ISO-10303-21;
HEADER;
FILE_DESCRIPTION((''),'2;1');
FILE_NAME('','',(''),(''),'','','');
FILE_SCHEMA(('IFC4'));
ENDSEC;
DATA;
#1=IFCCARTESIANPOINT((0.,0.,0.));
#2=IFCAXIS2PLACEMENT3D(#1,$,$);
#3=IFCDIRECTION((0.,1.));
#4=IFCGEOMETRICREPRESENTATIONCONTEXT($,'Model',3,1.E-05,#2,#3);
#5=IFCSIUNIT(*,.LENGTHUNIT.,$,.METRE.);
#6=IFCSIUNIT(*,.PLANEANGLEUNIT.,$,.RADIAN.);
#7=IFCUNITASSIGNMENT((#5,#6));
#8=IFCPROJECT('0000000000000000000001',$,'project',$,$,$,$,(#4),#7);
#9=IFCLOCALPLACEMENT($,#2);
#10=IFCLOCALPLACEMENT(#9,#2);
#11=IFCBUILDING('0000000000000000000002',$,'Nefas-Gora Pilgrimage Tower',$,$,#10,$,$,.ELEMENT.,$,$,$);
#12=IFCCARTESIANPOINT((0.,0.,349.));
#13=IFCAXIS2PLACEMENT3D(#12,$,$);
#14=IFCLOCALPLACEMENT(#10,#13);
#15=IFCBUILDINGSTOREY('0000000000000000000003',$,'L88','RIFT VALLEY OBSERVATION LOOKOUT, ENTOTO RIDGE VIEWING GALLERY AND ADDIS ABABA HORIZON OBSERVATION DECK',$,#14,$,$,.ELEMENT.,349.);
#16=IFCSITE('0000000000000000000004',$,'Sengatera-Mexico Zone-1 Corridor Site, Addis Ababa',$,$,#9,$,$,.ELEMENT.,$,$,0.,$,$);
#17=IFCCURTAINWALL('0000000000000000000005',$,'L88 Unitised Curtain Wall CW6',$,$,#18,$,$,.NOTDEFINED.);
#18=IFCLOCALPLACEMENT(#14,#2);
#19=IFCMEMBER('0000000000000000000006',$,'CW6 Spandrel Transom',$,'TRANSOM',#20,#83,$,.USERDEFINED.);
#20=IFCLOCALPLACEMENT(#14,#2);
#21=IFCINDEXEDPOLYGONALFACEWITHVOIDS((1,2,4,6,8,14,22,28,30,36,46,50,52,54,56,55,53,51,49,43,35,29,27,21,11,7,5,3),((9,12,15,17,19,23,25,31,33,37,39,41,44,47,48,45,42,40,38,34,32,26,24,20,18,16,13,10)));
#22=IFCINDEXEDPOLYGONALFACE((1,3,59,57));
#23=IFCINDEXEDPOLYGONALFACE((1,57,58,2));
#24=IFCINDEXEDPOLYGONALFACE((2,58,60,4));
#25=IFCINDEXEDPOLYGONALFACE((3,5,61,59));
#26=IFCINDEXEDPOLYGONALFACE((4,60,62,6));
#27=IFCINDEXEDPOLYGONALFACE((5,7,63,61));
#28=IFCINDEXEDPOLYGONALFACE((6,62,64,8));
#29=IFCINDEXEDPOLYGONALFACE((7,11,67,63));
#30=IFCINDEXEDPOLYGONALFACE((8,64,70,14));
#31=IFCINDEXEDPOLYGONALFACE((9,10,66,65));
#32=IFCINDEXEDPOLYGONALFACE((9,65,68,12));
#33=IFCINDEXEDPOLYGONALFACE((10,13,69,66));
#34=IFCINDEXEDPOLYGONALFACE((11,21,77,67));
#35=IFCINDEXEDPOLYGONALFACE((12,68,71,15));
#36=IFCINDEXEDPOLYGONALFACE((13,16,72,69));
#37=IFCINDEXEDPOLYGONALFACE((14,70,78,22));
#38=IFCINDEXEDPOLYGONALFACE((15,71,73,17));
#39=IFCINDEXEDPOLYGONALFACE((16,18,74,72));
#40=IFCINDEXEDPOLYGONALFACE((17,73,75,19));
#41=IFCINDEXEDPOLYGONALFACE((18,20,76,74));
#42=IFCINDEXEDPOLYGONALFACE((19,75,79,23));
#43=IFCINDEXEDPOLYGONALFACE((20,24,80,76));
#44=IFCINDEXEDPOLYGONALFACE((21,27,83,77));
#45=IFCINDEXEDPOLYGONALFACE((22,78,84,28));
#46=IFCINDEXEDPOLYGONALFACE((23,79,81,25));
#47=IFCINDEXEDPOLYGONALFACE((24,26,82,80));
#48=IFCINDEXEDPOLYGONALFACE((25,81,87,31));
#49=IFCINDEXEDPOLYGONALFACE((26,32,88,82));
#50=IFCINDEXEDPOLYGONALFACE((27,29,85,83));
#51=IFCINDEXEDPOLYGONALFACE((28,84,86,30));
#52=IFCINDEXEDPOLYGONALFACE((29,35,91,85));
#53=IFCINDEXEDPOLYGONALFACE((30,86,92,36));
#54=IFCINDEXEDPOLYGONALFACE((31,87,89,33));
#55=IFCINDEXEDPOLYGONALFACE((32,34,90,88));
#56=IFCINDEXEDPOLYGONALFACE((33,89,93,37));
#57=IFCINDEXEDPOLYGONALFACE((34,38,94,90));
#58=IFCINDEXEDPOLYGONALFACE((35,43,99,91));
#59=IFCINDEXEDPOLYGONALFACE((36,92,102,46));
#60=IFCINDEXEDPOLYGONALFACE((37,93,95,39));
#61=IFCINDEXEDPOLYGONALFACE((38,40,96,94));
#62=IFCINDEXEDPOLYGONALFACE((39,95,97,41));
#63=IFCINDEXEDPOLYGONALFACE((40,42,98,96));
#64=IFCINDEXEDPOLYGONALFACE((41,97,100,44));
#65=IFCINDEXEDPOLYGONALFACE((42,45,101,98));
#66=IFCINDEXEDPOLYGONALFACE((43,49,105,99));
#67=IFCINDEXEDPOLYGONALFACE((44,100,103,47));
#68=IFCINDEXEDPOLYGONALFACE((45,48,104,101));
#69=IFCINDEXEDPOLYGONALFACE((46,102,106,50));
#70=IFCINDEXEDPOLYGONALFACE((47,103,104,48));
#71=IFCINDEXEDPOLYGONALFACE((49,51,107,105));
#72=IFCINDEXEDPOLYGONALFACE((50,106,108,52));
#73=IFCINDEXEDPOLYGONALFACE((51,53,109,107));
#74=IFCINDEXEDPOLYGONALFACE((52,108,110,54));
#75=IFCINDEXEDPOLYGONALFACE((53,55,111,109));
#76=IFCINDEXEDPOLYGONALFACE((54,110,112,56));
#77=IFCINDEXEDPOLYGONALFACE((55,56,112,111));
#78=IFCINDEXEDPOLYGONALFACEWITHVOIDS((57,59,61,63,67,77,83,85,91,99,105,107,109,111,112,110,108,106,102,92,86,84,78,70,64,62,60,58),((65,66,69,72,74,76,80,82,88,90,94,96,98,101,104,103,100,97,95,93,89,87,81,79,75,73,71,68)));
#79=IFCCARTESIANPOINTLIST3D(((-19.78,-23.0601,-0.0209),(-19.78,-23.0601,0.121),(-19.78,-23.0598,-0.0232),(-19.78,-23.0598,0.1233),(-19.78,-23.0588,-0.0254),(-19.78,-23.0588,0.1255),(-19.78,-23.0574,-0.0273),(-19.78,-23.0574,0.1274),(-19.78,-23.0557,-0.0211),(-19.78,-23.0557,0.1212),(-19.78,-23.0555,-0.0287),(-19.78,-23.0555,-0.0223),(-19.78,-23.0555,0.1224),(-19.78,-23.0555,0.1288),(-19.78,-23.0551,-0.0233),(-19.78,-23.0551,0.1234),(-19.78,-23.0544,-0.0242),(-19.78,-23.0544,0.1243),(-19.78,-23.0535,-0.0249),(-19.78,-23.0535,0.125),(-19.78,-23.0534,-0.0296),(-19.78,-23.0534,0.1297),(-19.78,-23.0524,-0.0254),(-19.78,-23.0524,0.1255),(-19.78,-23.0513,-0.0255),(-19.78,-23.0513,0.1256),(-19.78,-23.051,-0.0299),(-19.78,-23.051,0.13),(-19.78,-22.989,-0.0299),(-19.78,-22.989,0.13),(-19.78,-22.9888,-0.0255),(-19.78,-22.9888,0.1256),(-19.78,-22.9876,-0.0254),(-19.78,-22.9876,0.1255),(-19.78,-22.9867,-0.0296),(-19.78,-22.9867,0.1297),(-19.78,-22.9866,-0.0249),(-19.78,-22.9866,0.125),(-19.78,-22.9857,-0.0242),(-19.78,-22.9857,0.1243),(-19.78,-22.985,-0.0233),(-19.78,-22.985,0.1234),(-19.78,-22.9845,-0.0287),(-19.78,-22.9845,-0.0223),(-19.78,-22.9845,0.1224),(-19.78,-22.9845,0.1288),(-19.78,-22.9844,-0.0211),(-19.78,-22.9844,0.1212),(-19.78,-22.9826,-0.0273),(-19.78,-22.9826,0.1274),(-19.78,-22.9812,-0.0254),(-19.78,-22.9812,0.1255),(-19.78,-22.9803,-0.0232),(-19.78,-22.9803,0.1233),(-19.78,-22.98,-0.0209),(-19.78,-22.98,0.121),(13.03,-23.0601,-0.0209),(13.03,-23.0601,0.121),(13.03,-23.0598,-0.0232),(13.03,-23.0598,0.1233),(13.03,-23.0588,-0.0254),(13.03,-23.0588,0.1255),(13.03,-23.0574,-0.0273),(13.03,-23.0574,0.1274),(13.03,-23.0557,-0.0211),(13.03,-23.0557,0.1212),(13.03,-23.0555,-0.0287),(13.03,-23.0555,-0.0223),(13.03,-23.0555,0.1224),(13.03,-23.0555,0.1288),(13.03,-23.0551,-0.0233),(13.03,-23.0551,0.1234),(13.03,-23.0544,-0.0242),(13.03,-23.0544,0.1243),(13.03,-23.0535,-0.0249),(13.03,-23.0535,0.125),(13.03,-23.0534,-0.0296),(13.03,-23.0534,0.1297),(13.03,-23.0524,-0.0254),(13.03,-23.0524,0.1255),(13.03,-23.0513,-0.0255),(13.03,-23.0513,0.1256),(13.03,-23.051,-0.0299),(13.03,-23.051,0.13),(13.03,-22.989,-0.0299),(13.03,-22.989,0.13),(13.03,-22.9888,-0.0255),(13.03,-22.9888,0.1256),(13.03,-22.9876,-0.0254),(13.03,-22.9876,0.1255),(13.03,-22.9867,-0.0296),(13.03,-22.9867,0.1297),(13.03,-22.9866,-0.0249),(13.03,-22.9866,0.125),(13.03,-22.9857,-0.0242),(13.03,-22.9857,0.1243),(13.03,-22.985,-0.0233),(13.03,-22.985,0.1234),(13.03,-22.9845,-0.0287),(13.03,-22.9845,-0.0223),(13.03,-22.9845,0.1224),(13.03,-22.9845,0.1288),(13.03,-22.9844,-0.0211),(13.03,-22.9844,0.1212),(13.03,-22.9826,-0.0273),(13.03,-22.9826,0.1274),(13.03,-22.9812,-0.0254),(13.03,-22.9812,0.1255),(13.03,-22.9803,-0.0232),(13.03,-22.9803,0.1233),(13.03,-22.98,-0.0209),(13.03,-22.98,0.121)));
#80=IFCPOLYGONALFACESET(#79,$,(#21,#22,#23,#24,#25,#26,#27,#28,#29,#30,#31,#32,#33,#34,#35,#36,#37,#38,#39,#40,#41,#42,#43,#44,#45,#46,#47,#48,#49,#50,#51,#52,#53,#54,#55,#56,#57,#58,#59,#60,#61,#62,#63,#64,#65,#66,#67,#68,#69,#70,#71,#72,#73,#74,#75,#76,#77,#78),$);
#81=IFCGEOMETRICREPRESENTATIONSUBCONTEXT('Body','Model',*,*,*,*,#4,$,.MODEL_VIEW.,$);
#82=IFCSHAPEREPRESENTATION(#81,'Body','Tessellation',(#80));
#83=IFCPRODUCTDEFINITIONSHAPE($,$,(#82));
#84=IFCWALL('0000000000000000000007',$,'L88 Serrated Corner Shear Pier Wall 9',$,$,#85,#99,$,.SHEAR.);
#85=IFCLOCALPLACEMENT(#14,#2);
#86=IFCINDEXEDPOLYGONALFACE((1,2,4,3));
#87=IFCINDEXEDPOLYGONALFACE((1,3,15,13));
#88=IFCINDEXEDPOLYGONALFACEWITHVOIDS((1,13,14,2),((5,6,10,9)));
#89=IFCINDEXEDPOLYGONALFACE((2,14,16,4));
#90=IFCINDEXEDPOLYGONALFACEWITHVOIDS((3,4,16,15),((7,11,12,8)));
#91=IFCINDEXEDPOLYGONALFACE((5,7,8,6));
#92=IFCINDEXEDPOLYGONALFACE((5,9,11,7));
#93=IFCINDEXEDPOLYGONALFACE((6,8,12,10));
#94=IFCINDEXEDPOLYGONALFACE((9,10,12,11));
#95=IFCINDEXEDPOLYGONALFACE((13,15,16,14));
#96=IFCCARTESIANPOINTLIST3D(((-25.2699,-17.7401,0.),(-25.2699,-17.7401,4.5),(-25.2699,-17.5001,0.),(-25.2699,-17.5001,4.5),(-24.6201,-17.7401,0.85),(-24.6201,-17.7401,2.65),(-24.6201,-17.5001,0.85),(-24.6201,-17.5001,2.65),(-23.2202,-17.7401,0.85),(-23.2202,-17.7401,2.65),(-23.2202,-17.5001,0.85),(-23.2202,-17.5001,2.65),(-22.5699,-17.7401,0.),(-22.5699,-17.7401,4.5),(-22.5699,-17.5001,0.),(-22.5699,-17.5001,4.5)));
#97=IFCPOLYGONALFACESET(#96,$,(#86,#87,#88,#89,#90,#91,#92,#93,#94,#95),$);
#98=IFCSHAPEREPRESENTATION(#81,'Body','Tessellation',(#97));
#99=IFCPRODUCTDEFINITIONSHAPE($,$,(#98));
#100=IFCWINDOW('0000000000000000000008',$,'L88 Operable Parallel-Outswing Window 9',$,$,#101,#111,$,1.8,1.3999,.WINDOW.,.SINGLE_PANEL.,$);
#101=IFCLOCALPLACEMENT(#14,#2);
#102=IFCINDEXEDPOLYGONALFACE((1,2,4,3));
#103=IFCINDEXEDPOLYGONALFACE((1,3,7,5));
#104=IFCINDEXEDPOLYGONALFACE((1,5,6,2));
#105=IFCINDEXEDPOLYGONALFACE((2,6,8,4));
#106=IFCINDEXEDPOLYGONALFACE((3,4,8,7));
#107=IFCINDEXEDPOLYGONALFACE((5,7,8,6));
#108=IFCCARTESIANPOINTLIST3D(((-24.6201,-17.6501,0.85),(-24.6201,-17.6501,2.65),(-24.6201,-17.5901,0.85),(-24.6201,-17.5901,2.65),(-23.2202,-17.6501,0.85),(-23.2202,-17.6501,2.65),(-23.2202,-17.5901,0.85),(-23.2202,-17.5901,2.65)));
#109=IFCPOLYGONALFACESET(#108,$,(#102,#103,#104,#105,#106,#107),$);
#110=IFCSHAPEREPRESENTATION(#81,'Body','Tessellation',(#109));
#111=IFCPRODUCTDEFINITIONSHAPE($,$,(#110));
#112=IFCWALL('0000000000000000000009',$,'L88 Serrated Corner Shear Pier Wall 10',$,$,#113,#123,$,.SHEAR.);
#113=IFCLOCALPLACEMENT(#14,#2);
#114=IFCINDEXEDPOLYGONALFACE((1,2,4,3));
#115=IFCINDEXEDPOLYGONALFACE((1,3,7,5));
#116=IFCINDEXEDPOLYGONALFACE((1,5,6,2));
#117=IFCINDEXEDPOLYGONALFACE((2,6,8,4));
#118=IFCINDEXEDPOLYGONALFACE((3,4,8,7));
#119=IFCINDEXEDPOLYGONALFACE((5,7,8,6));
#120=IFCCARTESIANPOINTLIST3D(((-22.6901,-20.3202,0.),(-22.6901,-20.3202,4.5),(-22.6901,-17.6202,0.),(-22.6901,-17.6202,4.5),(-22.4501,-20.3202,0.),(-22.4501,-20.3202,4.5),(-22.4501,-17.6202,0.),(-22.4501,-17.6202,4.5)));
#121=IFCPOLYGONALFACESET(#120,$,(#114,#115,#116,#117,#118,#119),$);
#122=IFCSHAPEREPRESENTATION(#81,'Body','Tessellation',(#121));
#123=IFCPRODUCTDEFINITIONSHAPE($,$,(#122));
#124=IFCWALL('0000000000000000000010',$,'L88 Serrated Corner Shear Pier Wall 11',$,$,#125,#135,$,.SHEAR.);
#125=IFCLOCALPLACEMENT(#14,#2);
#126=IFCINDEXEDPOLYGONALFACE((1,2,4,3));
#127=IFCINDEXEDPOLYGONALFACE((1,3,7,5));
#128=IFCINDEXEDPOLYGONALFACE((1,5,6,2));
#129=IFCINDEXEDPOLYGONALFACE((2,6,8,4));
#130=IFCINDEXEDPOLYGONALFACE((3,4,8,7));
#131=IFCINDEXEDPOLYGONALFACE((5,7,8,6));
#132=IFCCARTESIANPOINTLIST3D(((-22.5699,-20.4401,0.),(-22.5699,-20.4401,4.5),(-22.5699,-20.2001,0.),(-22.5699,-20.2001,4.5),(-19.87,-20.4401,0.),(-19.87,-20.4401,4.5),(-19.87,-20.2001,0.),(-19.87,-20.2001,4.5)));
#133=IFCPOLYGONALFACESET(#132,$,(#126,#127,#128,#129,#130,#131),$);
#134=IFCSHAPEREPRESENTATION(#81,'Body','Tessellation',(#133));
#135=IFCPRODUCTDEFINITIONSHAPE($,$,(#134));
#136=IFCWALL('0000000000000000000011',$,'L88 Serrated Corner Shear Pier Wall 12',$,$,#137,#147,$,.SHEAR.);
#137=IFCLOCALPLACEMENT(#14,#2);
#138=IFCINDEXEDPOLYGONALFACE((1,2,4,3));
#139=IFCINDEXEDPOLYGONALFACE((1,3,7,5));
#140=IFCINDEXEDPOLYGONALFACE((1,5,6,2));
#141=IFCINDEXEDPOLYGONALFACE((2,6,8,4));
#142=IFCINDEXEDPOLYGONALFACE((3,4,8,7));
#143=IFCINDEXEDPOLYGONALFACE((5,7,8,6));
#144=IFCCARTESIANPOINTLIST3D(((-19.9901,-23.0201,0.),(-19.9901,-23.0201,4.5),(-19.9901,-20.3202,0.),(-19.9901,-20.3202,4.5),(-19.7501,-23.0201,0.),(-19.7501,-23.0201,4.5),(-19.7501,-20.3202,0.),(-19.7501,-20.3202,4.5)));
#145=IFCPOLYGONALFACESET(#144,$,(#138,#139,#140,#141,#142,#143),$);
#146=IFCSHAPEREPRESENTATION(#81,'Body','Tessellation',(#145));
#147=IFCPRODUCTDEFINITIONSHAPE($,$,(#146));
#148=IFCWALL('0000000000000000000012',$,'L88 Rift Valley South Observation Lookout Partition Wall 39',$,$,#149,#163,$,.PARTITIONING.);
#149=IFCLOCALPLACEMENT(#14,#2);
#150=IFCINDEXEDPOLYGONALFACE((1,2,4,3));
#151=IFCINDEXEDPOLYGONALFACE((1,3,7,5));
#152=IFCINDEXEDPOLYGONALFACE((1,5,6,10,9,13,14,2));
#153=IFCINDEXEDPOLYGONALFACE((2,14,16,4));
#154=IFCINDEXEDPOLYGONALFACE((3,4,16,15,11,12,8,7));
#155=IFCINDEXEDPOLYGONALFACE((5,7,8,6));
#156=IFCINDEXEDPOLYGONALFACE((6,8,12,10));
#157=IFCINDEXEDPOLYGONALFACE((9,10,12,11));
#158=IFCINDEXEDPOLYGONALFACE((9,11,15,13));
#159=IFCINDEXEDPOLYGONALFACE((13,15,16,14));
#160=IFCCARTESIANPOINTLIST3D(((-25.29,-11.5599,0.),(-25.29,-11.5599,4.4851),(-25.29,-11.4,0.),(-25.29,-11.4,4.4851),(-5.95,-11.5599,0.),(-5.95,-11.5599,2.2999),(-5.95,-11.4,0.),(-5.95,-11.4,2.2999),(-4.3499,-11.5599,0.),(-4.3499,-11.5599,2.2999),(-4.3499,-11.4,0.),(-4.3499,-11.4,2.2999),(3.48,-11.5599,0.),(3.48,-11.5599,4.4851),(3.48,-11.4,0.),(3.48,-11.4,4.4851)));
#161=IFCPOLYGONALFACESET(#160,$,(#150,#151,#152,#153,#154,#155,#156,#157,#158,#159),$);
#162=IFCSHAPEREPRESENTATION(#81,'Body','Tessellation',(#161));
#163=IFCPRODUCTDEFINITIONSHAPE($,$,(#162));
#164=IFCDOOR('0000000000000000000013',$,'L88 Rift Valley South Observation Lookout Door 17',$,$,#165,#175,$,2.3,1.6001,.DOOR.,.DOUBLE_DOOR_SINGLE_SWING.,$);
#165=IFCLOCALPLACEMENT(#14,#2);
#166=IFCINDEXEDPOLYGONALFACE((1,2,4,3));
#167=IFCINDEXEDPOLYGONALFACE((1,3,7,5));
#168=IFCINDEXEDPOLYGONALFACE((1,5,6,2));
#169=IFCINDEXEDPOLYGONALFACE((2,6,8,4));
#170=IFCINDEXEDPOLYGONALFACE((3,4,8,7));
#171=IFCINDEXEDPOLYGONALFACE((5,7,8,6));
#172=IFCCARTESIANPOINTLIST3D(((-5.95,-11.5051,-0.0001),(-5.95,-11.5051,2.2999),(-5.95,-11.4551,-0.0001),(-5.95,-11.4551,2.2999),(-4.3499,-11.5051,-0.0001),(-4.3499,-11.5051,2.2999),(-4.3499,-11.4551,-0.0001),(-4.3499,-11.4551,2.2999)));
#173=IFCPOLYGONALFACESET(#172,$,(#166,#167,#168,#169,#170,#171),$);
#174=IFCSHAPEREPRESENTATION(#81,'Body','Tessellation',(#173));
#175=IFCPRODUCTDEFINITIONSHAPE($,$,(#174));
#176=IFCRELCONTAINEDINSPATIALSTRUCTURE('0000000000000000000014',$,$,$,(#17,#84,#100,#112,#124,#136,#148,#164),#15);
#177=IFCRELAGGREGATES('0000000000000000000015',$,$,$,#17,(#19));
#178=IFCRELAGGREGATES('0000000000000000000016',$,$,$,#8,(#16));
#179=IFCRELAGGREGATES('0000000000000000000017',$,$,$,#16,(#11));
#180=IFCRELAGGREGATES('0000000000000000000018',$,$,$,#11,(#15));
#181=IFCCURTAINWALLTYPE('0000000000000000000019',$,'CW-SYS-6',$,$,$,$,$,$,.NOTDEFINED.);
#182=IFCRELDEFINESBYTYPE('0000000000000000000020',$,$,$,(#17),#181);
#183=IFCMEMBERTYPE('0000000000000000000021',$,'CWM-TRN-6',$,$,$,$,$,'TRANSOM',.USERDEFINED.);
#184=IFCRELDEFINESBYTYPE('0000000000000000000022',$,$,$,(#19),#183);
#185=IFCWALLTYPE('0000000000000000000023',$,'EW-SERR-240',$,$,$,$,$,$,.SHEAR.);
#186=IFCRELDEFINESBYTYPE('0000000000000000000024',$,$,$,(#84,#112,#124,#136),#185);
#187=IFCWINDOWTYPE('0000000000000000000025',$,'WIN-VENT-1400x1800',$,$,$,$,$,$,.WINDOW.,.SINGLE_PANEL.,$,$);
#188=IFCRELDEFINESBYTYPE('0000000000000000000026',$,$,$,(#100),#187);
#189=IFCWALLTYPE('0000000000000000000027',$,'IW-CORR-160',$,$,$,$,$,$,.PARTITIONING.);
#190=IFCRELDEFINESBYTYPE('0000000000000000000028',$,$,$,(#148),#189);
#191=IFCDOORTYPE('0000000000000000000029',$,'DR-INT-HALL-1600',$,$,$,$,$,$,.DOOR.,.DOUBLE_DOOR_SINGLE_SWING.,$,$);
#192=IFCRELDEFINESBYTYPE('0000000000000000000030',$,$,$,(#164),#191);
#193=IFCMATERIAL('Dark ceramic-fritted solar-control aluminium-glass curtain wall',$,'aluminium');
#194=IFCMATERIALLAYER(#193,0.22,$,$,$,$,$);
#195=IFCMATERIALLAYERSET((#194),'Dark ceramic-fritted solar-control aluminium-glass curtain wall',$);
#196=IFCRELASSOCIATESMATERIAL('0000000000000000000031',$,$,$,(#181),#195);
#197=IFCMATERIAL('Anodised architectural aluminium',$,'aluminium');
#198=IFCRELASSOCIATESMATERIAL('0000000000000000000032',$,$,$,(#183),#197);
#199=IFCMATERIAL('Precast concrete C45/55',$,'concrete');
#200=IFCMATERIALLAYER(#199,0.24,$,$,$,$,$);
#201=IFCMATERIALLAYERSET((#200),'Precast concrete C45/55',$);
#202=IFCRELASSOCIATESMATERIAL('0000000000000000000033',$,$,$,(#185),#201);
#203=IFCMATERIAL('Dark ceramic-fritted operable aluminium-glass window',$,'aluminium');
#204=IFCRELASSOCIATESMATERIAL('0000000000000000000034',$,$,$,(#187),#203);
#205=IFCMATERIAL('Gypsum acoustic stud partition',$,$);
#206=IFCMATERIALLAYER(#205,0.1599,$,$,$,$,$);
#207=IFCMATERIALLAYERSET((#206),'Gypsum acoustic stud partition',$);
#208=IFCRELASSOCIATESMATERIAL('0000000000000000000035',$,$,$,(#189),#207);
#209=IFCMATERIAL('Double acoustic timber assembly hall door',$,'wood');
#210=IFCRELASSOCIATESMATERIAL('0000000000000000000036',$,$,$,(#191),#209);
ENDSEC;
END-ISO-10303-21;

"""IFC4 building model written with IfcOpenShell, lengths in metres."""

from ifc_helpers import new_model, si_unit, direction, frame, frame_2d, origin, origin_2d, place, context, subcontext, project, spatial, rectangle, hollow_rectangle, extrude, source, transform, mapped, material, layer, layer_set, material_profile, profile_set, type_object, element, fill, aggregate, save


model = new_model("IFC4")

# Units and contexts
model_context = context("Model", 3, precision=1e-05, world=origin(), true_north=direction((0.0, 1.0)))
body_context = subcontext(model_context, "Body", "Model", "MODEL_VIEW")
ifc_project = project(units=[si_unit("LENGTHUNIT", "METRE"), si_unit("PLANEANGLEUNIT", "RADIAN")], contexts=[model_context])

# Site, building, storey
site_placement = place(None, origin())
site = spatial("IfcSite", under=ifc_project, at=site_placement, Name="Sengatera-Mexico Zone-1 Corridor Site, Addis Ababa", CompositionType="ELEMENT", RefElevation=0.0)
building_placement = place(site_placement, origin())
building = spatial("IfcBuilding", under=site, at=building_placement, Name="Nefas-Gora Pilgrimage Tower", CompositionType="ELEMENT")
storey_placement = place(building_placement, frame((0.0, 0.0, 349.0)))
storey = spatial("IfcBuildingStorey", under=building, at=storey_placement, Name="L88", Description="RIFT VALLEY OBSERVATION LOOKOUT, ENTOTO RIDGE VIEWING GALLERY AND ADDIS ABABA HORIZON OBSERVATION DECK", CompositionType="ELEMENT", Elevation=349.0)

# Shared definitions
ifc_material_1 = material(Name="Dark ceramic-fritted solar-control aluminium-glass curtain wall", Category="aluminium")
ifc_layer_1 = layer(ifc_material_1, 0.22)
ifc_layer_set_1 = layer_set([ifc_layer_1], Name="Dark ceramic-fritted solar-control aluminium-glass curtain wall")
curtain_wall_type = type_object("IfcCurtainWallType", Name="CW-SYS-6", PredefinedType="NOTDEFINED", material=ifc_layer_set_1)
ifc_material_2 = material(Name="Anodised architectural aluminium", Category="aluminium")

# Curtain wall, member
curtain_wall_1_placement = place(storey_placement, origin())
curtain_wall_1 = element("IfcCurtainWall", 1, at=curtain_wall_1_placement, inside=storey, type_object=curtain_wall_type, Name="L88 Unitised Curtain Wall CW6", PredefinedType="NOTDEFINED")
ifc_material_profile_1 = material_profile(ifc_material_2, hollow_rectangle(XDim=0.0801, YDim=0.1599, WallThickness=0.0044, InnerFilletRadius=0.0044, OuterFilletRadius=0.009, at=origin_2d()), Name="ALU TRANSOM 80x160")
ifc_profile_set_1 = profile_set([ifc_material_profile_1], Name="Anodised architectural aluminium")
member_type_1 = type_object("IfcMemberType", Name="CWM-TRN-6", ElementType="TRANSOM", PredefinedType="USERDEFINED", material=ifc_profile_set_1)
shared_shape_1 = source(origin(), body_context, "Body", "SweptSolid", [
    extrude(hollow_rectangle(XDim=0.0801, YDim=0.1599, WallThickness=0.0044, InnerFilletRadius=0.0044, OuterFilletRadius=0.009, at=origin_2d()), origin(), (0.0, 0.0, 1.0), 32.8101),
])
member_1_placement = place(storey_placement, frame((-19.78, -23.02, 0.05), z_axis=(1.0, 0.0, 0.0), x_axis=(0.0, 1.0, 0.0)))
member_1 = element("IfcMember", 2, at=member_1_placement, type_object=member_type_1, Name="CW6 Spandrel Transom", ObjectType="TRANSOM", PredefinedType="USERDEFINED", context=body_context, shape_type="MappedRepresentation", body=[
    mapped(shared_shape_1, transform((0.0, 0.0, 0.0), x_axis=(1.0, 0.0, 0.0), y_axis=(0.0, 1.0, 0.0), z_axis=(0.0, 0.0, 1.0), scale=1.0)),
])
aggregate(curtain_wall_1, [member_1])

# Wall, opening, window
ifc_material_3 = material(Name="Precast concrete C45/55", Category="concrete")
ifc_layer_2 = layer(ifc_material_3, 0.24)
ifc_layer_set_2 = layer_set([ifc_layer_2], Name="Precast concrete C45/55")
wall_type_1 = type_object("IfcWallType", Name="EW-SERR-240", PredefinedType="SHEAR", material=ifc_layer_set_2)
shared_shape_2 = source(origin(), body_context, "Body", "SweptSolid", [
    extrude(rectangle(XDim=2.7, YDim=0.24, at=frame_2d((1.3501, 0.0))), origin(), (0.0, 0.0, 1.0), 4.5),
])
wall_1_placement = place(storey_placement, frame((-25.27, -17.6201, 0.0), z_axis=(0.0, 0.0, 1.0), x_axis=(1.0, 0.0, 0.0)))
wall_1 = element("IfcWall", 3, at=wall_1_placement, inside=storey, type_object=wall_type_1, Name="L88 Serrated Corner Shear Pier Wall 9", PredefinedType="SHEAR", context=body_context, shape_type="MappedRepresentation", body=[
    mapped(shared_shape_2, transform((0.0, 0.0, 0.0), x_axis=(1.0, 0.0, 0.0), y_axis=(0.0, 1.0, 0.0), z_axis=(0.0, 0.0, 1.0), scale=1.0)),
])
opening_1_placement = place(wall_1_placement, frame((0.6499, 0.0, 0.8501)))
opening_1 = element("IfcOpeningElement", 4, at=opening_1_placement, cuts=wall_1, PredefinedType="OPENING", context=body_context, shape_type="SweptSolid", body=[
    extrude(rectangle(XDim=1.3999, YDim=1.8, at=frame_2d((0.7, 0.8999))), frame((0.0, 0.1299, 0.0), z_axis=(0.0, -1.0, 0.0), x_axis=(1.0, 0.0, 0.0)), (0.0, 0.0, 1.0), 0.26),
])
ifc_material_4 = material(Name="Dark ceramic-fritted operable aluminium-glass window", Category="aluminium")
window_type = type_object("IfcWindowType", Name="WIN-VENT-1400x1800", PartitioningType="SINGLE_PANEL", PredefinedType="WINDOW", material=ifc_material_4)
shared_shape_3 = source(origin(), body_context, "Body", "SweptSolid", [
    extrude(rectangle(XDim=1.3999, YDim=1.8, at=frame_2d((0.7, 0.8999))), frame((0.0, 0.03, 0.0), z_axis=(0.0, -1.0, 0.0), x_axis=(1.0, 0.0, 0.0)), (0.0, 0.0, 1.0), 0.0601),
])
window_placement = place(opening_1_placement, origin())
window = element("IfcWindow", 5, at=window_placement, inside=storey, type_object=window_type, Name="L88 Operable Parallel-Outswing Window 9", OverallHeight=1.8, OverallWidth=1.3999, PartitioningType="SINGLE_PANEL", PredefinedType="WINDOW", context=body_context, shape_type="MappedRepresentation", body=[
    mapped(shared_shape_3, transform((0.0, 0.0, 0.0), x_axis=(1.0, 0.0, 0.0), y_axis=(0.0, 1.0, 0.0), z_axis=(0.0, 0.0, 1.0), scale=1.0)),
])
fill(opening_1, window)

# Walls
for number, where, z_axis, x_axis, name in (
    (6, (-22.5701, -17.6201, 0.0), (0.0, 0.0, 1.0), (0.0, -1.0, 0.0), "L88 Serrated Corner Shear Pier Wall 10"),
    (7, (-22.5701, -20.3201, 0.0), (0.0, 0.0, 1.0), (1.0, 0.0, 0.0), "L88 Serrated Corner Shear Pier Wall 11"),
    (8, (-19.8701, -20.3201, 0.0), (0.0, 0.0, 1.0), (0.0, -1.0, 0.0), "L88 Serrated Corner Shear Pier Wall 12"),
):
    element("IfcWall", number, at=place(storey_placement, frame(where, z_axis=z_axis, x_axis=x_axis)), inside=storey, type_object=wall_type_1, Name=name, PredefinedType="SHEAR", context=body_context, shape_type="MappedRepresentation", body=[
        mapped(shared_shape_2, transform((0.0, 0.0, 0.0), x_axis=(1.0, 0.0, 0.0), y_axis=(0.0, 1.0, 0.0), z_axis=(0.0, 0.0, 1.0), scale=1.0)),
    ])

# Wall, opening, door
ifc_material_5 = material(Name="Gypsum acoustic stud partition")
ifc_layer_3 = layer(ifc_material_5, 0.1599)
ifc_layer_set_3 = layer_set([ifc_layer_3], Name="Gypsum acoustic stud partition")
wall_type_2 = type_object("IfcWallType", Name="IW-CORR-160", PredefinedType="PARTITIONING", material=ifc_layer_set_3)
shared_shape_4 = source(origin(), body_context, "Body", "SweptSolid", [
    extrude(rectangle(XDim=28.77, YDim=0.1599, at=frame_2d((14.385, 0.0))), origin(), (0.0, 0.0, 1.0), 4.4851),
])
wall_2_placement = place(storey_placement, frame((-25.29, -11.48, 0.0), z_axis=(0.0, 0.0, 1.0), x_axis=(1.0, 0.0, 0.0)))
wall_2 = element("IfcWall", 9, at=wall_2_placement, inside=storey, type_object=wall_type_2, Name="L88 Rift Valley South Observation Lookout Partition Wall 39", PredefinedType="PARTITIONING", context=body_context, shape_type="MappedRepresentation", body=[
    mapped(shared_shape_4, transform((0.0, 0.0, 0.0), x_axis=(1.0, 0.0, 0.0), y_axis=(0.0, 1.0, 0.0), z_axis=(0.0, 0.0, 1.0), scale=1.0)),
])
opening_2_placement = place(wall_2_placement, frame((19.3401, 0.0, 0.0)))
opening_2 = element("IfcOpeningElement", 10, at=opening_2_placement, cuts=wall_2, PredefinedType="OPENING", context=body_context, shape_type="SweptSolid", body=[
    extrude(rectangle(XDim=1.6001, YDim=2.3, at=frame_2d((0.8, 1.1499))), frame((0.0, 0.0898, 0.0), z_axis=(0.0, -1.0, 0.0), x_axis=(1.0, 0.0, 0.0)), (0.0, 0.0, 1.0), 0.1799),
])
ifc_material_6 = material(Name="Double acoustic timber assembly hall door", Category="wood")
door_type_1 = type_object("IfcDoorType", Name="DR-INT-HALL-1600", OperationType="DOUBLE_DOOR_SINGLE_SWING", PredefinedType="DOOR", material=ifc_material_6)
shared_shape_5 = source(origin(), body_context, "Body", "SweptSolid", [
    extrude(rectangle(XDim=1.6001, YDim=2.3, at=frame_2d((0.8, 1.1499))), frame((0.0, 0.0249, 0.0), z_axis=(0.0, -1.0, 0.0), x_axis=(1.0, 0.0, 0.0)), (0.0, 0.0, 1.0), 0.05),
])
door_1_placement = place(opening_2_placement, origin())
door_1 = element("IfcDoor", 11, at=door_1_placement, inside=storey, type_object=door_type_1, Name="L88 Rift Valley South Observation Lookout Door 17", OperationType="DOUBLE_DOOR_SINGLE_SWING", OverallHeight=2.3, OverallWidth=1.6001, PredefinedType="DOOR", context=body_context, shape_type="MappedRepresentation", body=[
    mapped(shared_shape_5, transform((0.0, 0.0, 0.0), x_axis=(1.0, 0.0, 0.0), y_axis=(0.0, 1.0, 0.0), z_axis=(0.0, 0.0, 1.0), scale=1.0)),
])
fill(opening_2, door_1)

save(model, "model.ifc")
